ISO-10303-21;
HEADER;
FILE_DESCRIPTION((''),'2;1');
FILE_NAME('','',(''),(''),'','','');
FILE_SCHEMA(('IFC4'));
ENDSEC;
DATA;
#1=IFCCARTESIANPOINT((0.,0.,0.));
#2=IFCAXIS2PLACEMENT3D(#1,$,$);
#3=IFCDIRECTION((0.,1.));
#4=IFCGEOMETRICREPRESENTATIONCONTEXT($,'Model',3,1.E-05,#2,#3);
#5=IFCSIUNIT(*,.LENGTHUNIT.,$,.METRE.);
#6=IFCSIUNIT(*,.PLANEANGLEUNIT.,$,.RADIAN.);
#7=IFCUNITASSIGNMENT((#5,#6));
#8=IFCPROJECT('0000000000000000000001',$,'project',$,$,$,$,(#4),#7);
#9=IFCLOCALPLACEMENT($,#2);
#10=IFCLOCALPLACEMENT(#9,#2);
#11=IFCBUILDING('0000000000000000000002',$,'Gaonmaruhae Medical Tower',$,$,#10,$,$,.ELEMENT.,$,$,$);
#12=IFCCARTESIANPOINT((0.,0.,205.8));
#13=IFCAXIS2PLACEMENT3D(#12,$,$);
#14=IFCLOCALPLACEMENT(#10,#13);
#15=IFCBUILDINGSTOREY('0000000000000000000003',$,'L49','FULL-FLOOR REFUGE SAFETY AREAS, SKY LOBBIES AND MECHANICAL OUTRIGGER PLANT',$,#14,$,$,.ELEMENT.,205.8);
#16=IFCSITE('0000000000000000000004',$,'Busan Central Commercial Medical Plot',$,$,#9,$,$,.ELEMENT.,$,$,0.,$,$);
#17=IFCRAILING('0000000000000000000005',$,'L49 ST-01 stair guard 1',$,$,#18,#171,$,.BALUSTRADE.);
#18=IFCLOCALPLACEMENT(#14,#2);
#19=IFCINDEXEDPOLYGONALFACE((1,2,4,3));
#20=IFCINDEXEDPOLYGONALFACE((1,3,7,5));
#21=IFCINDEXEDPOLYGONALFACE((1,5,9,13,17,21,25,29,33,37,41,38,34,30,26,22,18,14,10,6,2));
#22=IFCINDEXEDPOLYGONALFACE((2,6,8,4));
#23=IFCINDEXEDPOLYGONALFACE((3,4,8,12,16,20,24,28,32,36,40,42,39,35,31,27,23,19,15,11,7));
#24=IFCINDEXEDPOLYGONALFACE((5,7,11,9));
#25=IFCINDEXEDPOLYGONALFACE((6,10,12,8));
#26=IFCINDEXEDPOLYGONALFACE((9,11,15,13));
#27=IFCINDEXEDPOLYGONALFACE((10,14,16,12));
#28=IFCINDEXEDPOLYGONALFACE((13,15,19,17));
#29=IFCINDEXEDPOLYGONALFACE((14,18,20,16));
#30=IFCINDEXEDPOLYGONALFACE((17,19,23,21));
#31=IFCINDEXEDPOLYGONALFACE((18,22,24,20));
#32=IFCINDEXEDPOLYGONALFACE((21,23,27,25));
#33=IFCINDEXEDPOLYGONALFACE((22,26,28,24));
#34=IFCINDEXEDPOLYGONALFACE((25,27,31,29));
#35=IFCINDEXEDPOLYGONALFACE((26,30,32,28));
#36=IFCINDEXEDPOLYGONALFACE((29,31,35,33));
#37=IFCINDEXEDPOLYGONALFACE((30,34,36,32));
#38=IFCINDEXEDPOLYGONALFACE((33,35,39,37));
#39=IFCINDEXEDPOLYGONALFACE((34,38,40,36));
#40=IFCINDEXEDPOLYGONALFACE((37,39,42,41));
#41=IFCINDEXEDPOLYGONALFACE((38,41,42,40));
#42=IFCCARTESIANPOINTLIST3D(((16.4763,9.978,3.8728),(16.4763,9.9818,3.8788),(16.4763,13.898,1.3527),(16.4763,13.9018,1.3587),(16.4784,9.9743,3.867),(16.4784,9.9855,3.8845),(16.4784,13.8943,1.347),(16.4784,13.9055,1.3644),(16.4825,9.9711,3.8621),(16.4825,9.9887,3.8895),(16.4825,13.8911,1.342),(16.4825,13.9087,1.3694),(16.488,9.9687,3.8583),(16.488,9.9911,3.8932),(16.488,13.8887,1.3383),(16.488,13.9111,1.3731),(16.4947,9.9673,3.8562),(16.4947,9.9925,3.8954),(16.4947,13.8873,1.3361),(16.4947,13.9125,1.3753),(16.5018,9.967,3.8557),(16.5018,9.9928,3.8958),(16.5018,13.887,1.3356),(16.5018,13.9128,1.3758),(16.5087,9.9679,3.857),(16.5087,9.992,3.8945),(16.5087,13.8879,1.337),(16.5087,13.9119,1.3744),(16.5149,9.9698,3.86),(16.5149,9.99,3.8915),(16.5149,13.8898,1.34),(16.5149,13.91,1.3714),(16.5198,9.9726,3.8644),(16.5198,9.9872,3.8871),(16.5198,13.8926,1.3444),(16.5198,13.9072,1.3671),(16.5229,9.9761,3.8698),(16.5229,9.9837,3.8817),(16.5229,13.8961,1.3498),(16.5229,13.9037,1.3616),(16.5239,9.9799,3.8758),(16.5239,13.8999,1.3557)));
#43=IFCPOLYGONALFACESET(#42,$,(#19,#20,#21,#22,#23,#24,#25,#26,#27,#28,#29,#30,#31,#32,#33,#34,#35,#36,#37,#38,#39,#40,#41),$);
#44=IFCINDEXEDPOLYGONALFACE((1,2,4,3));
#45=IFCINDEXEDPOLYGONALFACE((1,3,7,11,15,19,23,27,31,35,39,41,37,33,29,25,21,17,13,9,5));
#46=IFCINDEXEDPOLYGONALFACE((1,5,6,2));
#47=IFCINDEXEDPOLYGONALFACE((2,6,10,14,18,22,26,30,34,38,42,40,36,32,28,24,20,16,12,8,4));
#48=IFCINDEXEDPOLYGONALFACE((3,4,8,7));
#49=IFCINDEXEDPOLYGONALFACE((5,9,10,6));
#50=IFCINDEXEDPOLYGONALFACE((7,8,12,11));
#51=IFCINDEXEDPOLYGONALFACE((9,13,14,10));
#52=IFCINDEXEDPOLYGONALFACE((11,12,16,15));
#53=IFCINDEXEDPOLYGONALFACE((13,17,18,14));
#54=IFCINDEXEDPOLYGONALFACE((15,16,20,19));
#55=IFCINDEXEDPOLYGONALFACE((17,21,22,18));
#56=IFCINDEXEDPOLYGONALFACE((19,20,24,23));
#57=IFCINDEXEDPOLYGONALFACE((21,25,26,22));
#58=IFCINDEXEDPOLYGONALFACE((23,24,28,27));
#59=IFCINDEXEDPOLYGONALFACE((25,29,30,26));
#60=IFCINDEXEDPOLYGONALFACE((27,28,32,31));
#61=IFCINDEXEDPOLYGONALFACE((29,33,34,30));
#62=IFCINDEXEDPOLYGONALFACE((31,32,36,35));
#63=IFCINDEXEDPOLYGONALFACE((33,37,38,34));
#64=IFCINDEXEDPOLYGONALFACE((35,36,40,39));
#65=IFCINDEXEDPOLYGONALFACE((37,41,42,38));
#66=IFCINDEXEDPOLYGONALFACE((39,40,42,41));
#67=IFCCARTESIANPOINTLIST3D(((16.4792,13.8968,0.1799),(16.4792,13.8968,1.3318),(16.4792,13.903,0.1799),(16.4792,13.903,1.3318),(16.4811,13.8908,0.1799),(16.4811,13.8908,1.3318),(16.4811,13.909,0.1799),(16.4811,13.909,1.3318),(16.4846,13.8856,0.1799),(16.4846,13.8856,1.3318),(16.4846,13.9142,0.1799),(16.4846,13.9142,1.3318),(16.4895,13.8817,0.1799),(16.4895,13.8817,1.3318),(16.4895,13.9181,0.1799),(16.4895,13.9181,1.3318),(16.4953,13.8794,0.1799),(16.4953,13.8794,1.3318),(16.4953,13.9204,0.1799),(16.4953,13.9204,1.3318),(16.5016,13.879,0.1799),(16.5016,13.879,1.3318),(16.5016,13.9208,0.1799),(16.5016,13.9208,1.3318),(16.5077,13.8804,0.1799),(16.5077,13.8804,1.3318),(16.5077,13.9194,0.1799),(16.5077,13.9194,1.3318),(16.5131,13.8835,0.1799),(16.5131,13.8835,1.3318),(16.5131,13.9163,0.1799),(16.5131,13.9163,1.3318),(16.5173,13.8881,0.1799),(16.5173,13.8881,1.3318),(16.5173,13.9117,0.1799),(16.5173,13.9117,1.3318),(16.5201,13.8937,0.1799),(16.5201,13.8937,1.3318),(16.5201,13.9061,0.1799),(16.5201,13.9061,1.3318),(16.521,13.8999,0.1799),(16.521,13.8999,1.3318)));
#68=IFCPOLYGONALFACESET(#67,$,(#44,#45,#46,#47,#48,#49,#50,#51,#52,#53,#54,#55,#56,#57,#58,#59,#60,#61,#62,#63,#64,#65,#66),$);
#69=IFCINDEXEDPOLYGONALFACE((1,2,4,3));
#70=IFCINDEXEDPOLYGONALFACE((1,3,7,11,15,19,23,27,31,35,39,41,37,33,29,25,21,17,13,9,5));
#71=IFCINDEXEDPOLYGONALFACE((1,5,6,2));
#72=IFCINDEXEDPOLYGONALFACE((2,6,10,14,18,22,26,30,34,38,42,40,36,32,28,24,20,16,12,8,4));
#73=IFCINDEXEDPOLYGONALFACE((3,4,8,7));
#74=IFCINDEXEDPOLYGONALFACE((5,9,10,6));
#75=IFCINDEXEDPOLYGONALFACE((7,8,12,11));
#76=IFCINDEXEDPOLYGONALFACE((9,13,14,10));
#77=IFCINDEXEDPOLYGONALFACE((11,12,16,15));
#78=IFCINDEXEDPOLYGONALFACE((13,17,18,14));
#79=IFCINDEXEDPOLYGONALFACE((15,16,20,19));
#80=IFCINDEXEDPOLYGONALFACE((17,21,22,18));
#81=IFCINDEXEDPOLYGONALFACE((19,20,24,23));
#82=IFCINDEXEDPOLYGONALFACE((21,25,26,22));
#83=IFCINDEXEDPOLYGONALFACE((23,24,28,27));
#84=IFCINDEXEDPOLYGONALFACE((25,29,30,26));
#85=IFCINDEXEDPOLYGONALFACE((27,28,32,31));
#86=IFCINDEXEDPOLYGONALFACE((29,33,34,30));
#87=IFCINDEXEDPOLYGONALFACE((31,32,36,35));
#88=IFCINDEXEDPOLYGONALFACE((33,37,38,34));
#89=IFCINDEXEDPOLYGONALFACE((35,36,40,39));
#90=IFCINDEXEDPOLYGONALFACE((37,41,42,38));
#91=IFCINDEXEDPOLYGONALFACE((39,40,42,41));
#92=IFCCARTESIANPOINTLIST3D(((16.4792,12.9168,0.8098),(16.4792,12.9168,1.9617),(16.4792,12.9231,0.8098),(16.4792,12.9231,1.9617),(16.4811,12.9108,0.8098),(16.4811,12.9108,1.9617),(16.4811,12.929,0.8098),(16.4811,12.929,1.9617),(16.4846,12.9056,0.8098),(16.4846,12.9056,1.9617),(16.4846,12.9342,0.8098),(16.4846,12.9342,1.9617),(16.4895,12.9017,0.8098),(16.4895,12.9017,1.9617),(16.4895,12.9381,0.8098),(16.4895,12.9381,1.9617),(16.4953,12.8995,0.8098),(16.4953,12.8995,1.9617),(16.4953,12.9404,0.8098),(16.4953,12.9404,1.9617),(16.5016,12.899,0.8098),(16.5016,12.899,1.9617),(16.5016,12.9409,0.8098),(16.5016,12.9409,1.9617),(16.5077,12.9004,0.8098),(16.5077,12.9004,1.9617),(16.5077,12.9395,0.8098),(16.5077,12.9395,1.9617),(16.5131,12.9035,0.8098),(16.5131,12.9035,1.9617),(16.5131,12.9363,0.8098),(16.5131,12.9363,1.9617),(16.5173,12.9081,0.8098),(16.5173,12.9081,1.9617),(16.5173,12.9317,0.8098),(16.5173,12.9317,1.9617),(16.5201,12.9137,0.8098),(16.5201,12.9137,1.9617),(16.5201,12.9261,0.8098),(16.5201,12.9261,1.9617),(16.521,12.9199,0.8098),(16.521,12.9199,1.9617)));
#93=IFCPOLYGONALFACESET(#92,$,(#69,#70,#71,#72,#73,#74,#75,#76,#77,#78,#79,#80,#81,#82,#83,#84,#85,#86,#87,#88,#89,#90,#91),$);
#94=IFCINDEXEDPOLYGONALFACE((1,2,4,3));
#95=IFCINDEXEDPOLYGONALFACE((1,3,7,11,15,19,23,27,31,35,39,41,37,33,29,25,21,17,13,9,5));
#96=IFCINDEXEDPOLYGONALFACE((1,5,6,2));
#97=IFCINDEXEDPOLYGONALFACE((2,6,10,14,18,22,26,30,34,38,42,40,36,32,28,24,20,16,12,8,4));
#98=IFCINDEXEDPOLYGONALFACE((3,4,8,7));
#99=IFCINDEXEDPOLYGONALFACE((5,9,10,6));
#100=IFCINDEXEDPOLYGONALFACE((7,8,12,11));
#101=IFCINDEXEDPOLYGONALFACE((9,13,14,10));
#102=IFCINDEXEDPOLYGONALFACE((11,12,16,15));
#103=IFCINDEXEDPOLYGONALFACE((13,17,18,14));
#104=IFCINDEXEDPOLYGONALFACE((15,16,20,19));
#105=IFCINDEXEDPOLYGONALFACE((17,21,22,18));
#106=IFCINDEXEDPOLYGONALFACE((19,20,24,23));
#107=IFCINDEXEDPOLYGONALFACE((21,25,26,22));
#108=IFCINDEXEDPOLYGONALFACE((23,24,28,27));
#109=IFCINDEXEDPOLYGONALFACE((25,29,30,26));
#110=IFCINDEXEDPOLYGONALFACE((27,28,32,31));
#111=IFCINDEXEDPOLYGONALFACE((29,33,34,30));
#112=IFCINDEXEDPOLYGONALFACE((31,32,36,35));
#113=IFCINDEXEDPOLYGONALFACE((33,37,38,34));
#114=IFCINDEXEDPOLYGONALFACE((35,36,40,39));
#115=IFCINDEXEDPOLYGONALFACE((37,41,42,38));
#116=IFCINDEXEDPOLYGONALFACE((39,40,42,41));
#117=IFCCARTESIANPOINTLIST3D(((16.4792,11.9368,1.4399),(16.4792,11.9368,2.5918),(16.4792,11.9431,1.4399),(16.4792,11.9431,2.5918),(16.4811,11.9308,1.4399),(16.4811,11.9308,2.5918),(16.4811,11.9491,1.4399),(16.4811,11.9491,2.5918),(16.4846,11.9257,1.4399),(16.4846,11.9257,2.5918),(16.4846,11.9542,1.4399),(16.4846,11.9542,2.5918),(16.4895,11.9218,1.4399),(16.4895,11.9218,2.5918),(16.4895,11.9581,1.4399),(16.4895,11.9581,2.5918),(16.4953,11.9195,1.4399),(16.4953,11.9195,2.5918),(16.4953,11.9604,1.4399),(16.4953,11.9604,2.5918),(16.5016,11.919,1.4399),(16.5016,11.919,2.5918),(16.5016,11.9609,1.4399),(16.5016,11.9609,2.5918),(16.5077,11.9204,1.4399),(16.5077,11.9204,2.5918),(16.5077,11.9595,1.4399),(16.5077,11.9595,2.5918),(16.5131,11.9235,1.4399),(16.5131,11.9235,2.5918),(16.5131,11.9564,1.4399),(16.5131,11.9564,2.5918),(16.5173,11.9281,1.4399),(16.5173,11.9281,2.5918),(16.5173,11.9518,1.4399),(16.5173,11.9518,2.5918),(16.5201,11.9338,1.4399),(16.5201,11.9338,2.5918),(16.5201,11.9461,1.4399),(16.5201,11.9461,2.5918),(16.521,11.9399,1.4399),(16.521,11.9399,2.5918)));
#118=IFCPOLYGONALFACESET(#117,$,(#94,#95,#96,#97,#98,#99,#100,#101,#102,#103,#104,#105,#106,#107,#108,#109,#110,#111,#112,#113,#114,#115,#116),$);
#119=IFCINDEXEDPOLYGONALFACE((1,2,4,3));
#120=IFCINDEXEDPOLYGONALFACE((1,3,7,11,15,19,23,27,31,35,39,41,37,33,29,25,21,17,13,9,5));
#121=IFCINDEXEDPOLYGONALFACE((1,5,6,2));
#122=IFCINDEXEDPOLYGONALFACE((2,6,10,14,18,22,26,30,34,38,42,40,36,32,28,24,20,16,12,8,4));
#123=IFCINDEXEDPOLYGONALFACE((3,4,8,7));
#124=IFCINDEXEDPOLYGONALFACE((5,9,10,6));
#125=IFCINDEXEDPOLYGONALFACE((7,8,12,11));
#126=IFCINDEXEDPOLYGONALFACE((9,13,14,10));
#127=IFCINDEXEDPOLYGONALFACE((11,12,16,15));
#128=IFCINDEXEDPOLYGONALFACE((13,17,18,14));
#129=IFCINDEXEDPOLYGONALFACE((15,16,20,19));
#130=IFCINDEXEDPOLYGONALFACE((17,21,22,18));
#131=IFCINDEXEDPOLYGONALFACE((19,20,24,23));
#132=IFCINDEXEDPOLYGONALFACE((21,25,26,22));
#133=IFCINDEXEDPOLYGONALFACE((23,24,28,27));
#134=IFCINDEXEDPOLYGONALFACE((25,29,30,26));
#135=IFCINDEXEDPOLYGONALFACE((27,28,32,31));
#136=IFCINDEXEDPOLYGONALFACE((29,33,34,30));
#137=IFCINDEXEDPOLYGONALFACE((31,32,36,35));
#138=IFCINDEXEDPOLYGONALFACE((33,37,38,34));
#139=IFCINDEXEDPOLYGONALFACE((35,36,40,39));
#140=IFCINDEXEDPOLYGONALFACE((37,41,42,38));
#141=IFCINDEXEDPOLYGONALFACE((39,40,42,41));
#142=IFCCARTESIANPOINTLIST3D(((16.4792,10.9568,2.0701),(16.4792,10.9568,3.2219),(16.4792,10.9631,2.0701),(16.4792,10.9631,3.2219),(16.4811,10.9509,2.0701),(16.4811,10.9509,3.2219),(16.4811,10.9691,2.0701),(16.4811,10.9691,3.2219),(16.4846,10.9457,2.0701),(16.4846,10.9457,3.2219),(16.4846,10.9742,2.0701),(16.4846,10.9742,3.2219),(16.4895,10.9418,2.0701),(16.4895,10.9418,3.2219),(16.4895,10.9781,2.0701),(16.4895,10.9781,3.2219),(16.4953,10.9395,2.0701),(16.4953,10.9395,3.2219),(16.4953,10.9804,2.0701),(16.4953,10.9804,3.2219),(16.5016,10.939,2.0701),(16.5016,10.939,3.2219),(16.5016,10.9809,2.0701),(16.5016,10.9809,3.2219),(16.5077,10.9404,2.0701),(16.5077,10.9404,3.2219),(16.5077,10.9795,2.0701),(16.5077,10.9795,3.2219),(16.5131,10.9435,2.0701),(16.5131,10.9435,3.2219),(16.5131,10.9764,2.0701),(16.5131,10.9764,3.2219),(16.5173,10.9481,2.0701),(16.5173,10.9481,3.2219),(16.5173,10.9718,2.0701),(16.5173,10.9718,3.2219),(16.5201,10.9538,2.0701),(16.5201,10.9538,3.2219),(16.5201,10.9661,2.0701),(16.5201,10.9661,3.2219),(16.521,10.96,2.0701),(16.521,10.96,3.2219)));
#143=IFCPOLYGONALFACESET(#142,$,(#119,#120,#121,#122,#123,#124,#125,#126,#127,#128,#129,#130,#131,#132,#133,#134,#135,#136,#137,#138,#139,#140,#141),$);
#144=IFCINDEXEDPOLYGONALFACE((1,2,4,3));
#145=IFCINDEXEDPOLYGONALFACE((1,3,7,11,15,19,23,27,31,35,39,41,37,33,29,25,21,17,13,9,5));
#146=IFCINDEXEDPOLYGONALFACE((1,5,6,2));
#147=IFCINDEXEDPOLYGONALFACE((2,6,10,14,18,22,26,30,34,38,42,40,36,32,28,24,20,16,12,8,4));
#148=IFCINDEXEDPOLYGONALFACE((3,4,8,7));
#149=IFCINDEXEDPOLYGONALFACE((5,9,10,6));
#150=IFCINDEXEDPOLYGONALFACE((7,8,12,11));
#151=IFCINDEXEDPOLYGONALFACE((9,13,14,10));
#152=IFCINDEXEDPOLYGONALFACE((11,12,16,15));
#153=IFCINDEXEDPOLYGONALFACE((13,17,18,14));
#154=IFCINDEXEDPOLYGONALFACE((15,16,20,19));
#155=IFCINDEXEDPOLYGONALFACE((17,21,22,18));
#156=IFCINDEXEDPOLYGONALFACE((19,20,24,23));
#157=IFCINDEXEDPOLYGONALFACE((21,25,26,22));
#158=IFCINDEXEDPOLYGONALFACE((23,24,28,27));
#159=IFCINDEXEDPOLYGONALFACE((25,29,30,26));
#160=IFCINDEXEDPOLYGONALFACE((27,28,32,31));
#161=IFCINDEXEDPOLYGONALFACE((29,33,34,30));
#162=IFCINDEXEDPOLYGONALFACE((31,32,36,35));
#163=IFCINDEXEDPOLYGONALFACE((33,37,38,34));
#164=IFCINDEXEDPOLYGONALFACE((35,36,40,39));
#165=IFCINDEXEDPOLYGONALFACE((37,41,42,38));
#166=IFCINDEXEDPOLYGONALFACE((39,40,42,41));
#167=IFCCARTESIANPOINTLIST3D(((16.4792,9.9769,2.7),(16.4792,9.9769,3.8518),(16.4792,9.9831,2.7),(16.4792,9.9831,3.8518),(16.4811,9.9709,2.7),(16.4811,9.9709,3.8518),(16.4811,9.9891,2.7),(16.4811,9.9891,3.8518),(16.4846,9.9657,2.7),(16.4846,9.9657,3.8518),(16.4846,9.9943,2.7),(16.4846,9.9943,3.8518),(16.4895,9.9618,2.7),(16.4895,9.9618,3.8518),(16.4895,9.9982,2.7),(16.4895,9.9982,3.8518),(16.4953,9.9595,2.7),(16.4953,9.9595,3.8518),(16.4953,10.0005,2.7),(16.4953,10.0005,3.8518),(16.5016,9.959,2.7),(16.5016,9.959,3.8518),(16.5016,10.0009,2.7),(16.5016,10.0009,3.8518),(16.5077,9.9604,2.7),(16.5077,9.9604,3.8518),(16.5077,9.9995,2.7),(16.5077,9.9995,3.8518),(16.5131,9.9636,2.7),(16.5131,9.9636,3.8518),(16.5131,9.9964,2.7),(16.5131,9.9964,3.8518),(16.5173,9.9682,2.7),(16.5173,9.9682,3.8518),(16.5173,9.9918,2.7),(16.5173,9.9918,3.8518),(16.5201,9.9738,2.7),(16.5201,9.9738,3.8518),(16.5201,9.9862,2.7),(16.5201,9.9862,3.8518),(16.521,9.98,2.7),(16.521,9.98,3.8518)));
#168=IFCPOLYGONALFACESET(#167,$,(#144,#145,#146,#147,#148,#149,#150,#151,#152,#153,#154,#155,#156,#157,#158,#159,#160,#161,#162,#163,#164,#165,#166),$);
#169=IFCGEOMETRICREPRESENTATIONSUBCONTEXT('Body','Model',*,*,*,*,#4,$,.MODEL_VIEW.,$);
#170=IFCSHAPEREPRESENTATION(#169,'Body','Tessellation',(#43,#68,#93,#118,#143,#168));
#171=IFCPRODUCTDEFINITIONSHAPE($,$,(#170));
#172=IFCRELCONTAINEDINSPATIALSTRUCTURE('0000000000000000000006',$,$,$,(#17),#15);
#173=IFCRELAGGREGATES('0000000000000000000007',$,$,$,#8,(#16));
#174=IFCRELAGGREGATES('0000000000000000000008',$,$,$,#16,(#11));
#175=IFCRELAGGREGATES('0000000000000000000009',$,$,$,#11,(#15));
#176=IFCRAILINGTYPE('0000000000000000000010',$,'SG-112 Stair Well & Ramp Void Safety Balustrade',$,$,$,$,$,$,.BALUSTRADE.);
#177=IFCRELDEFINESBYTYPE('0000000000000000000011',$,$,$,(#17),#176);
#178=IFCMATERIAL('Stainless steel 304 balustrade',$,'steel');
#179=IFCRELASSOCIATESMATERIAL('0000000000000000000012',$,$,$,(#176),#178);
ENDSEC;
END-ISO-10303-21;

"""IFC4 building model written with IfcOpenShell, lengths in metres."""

from ifc_helpers import new_model, si_unit, direction, frame, origin, origin_2d, place, context, subcontext, project, spatial, circle, extrude, material, type_object, element, save


model = new_model("IFC4")

# Units and contexts
model_context = context("Model", 3, precision=1e-05, world=origin(), true_north=direction((0.0, 1.0)))
body_context = subcontext(model_context, "Body", "Model", "MODEL_VIEW")
ifc_project = project(units=[si_unit("LENGTHUNIT", "METRE"), si_unit("PLANEANGLEUNIT", "RADIAN")], contexts=[model_context])

# Site, building, storey
site_placement = place(None, origin())
site = spatial("IfcSite", under=ifc_project, at=site_placement, Name="Busan Central Commercial Medical Plot", CompositionType="ELEMENT", RefElevation=0.0)
building_placement = place(site_placement, origin())
building = spatial("IfcBuilding", under=site, at=building_placement, Name="Gaonmaruhae Medical Tower", CompositionType="ELEMENT")
storey_placement = place(building_placement, frame((0.0, 0.0, 205.8)))
storey = spatial("IfcBuildingStorey", under=building, at=storey_placement, Name="L49", Description="FULL-FLOOR REFUGE SAFETY AREAS, SKY LOBBIES AND MECHANICAL OUTRIGGER PLANT", CompositionType="ELEMENT", Elevation=205.8)

# Railing
ifc_material_1 = material(Name="Stainless steel 304 balustrade", Category="steel")
railing_type_1 = type_object("IfcRailingType", Name="SG-112 Stair Well & Ramp Void Safety Balustrade", PredefinedType="BALUSTRADE", material=ifc_material_1)
railing_1_placement = place(storey_placement, frame((16.5, 13.8999, 0.1799)))
element("IfcRailing", 1, at=railing_1_placement, inside=storey, type_object=railing_type_1, Name="L49 ST-01 stair guard 1", PredefinedType="BALUSTRADE", context=body_context, shape_type="SweptSolid", body=[
    extrude(circle(Radius=0.0239, at=origin_2d()), frame((0.0, 0.0, 1.1758), z_axis=(0.0, -0.841172, 0.540768), x_axis=(1.0, 0.0, 0.0)), (0.0, 0.0, 1.0), 4.6602),
    extrude(circle(Radius=0.021, at=origin_2d()), origin(), (0.0, 0.0, 1.0), 1.1519),
    extrude(circle(Radius=0.021, at=origin_2d()), frame((0.0, -0.98, 0.6299)), (0.0, 0.0, 1.0), 1.1519),
    extrude(circle(Radius=0.021, at=origin_2d()), frame((0.0, -1.96, 1.26)), (0.0, 0.0, 1.0), 1.1519),
    extrude(circle(Radius=0.021, at=origin_2d()), frame((0.0, -2.9399, 1.8901)), (0.0, 0.0, 1.0), 1.1519),
    extrude(circle(Radius=0.021, at=origin_2d()), frame((0.0, -3.9199, 2.52)), (0.0, 0.0, 1.0), 1.1519),
])

save(model, "model.ifc")
